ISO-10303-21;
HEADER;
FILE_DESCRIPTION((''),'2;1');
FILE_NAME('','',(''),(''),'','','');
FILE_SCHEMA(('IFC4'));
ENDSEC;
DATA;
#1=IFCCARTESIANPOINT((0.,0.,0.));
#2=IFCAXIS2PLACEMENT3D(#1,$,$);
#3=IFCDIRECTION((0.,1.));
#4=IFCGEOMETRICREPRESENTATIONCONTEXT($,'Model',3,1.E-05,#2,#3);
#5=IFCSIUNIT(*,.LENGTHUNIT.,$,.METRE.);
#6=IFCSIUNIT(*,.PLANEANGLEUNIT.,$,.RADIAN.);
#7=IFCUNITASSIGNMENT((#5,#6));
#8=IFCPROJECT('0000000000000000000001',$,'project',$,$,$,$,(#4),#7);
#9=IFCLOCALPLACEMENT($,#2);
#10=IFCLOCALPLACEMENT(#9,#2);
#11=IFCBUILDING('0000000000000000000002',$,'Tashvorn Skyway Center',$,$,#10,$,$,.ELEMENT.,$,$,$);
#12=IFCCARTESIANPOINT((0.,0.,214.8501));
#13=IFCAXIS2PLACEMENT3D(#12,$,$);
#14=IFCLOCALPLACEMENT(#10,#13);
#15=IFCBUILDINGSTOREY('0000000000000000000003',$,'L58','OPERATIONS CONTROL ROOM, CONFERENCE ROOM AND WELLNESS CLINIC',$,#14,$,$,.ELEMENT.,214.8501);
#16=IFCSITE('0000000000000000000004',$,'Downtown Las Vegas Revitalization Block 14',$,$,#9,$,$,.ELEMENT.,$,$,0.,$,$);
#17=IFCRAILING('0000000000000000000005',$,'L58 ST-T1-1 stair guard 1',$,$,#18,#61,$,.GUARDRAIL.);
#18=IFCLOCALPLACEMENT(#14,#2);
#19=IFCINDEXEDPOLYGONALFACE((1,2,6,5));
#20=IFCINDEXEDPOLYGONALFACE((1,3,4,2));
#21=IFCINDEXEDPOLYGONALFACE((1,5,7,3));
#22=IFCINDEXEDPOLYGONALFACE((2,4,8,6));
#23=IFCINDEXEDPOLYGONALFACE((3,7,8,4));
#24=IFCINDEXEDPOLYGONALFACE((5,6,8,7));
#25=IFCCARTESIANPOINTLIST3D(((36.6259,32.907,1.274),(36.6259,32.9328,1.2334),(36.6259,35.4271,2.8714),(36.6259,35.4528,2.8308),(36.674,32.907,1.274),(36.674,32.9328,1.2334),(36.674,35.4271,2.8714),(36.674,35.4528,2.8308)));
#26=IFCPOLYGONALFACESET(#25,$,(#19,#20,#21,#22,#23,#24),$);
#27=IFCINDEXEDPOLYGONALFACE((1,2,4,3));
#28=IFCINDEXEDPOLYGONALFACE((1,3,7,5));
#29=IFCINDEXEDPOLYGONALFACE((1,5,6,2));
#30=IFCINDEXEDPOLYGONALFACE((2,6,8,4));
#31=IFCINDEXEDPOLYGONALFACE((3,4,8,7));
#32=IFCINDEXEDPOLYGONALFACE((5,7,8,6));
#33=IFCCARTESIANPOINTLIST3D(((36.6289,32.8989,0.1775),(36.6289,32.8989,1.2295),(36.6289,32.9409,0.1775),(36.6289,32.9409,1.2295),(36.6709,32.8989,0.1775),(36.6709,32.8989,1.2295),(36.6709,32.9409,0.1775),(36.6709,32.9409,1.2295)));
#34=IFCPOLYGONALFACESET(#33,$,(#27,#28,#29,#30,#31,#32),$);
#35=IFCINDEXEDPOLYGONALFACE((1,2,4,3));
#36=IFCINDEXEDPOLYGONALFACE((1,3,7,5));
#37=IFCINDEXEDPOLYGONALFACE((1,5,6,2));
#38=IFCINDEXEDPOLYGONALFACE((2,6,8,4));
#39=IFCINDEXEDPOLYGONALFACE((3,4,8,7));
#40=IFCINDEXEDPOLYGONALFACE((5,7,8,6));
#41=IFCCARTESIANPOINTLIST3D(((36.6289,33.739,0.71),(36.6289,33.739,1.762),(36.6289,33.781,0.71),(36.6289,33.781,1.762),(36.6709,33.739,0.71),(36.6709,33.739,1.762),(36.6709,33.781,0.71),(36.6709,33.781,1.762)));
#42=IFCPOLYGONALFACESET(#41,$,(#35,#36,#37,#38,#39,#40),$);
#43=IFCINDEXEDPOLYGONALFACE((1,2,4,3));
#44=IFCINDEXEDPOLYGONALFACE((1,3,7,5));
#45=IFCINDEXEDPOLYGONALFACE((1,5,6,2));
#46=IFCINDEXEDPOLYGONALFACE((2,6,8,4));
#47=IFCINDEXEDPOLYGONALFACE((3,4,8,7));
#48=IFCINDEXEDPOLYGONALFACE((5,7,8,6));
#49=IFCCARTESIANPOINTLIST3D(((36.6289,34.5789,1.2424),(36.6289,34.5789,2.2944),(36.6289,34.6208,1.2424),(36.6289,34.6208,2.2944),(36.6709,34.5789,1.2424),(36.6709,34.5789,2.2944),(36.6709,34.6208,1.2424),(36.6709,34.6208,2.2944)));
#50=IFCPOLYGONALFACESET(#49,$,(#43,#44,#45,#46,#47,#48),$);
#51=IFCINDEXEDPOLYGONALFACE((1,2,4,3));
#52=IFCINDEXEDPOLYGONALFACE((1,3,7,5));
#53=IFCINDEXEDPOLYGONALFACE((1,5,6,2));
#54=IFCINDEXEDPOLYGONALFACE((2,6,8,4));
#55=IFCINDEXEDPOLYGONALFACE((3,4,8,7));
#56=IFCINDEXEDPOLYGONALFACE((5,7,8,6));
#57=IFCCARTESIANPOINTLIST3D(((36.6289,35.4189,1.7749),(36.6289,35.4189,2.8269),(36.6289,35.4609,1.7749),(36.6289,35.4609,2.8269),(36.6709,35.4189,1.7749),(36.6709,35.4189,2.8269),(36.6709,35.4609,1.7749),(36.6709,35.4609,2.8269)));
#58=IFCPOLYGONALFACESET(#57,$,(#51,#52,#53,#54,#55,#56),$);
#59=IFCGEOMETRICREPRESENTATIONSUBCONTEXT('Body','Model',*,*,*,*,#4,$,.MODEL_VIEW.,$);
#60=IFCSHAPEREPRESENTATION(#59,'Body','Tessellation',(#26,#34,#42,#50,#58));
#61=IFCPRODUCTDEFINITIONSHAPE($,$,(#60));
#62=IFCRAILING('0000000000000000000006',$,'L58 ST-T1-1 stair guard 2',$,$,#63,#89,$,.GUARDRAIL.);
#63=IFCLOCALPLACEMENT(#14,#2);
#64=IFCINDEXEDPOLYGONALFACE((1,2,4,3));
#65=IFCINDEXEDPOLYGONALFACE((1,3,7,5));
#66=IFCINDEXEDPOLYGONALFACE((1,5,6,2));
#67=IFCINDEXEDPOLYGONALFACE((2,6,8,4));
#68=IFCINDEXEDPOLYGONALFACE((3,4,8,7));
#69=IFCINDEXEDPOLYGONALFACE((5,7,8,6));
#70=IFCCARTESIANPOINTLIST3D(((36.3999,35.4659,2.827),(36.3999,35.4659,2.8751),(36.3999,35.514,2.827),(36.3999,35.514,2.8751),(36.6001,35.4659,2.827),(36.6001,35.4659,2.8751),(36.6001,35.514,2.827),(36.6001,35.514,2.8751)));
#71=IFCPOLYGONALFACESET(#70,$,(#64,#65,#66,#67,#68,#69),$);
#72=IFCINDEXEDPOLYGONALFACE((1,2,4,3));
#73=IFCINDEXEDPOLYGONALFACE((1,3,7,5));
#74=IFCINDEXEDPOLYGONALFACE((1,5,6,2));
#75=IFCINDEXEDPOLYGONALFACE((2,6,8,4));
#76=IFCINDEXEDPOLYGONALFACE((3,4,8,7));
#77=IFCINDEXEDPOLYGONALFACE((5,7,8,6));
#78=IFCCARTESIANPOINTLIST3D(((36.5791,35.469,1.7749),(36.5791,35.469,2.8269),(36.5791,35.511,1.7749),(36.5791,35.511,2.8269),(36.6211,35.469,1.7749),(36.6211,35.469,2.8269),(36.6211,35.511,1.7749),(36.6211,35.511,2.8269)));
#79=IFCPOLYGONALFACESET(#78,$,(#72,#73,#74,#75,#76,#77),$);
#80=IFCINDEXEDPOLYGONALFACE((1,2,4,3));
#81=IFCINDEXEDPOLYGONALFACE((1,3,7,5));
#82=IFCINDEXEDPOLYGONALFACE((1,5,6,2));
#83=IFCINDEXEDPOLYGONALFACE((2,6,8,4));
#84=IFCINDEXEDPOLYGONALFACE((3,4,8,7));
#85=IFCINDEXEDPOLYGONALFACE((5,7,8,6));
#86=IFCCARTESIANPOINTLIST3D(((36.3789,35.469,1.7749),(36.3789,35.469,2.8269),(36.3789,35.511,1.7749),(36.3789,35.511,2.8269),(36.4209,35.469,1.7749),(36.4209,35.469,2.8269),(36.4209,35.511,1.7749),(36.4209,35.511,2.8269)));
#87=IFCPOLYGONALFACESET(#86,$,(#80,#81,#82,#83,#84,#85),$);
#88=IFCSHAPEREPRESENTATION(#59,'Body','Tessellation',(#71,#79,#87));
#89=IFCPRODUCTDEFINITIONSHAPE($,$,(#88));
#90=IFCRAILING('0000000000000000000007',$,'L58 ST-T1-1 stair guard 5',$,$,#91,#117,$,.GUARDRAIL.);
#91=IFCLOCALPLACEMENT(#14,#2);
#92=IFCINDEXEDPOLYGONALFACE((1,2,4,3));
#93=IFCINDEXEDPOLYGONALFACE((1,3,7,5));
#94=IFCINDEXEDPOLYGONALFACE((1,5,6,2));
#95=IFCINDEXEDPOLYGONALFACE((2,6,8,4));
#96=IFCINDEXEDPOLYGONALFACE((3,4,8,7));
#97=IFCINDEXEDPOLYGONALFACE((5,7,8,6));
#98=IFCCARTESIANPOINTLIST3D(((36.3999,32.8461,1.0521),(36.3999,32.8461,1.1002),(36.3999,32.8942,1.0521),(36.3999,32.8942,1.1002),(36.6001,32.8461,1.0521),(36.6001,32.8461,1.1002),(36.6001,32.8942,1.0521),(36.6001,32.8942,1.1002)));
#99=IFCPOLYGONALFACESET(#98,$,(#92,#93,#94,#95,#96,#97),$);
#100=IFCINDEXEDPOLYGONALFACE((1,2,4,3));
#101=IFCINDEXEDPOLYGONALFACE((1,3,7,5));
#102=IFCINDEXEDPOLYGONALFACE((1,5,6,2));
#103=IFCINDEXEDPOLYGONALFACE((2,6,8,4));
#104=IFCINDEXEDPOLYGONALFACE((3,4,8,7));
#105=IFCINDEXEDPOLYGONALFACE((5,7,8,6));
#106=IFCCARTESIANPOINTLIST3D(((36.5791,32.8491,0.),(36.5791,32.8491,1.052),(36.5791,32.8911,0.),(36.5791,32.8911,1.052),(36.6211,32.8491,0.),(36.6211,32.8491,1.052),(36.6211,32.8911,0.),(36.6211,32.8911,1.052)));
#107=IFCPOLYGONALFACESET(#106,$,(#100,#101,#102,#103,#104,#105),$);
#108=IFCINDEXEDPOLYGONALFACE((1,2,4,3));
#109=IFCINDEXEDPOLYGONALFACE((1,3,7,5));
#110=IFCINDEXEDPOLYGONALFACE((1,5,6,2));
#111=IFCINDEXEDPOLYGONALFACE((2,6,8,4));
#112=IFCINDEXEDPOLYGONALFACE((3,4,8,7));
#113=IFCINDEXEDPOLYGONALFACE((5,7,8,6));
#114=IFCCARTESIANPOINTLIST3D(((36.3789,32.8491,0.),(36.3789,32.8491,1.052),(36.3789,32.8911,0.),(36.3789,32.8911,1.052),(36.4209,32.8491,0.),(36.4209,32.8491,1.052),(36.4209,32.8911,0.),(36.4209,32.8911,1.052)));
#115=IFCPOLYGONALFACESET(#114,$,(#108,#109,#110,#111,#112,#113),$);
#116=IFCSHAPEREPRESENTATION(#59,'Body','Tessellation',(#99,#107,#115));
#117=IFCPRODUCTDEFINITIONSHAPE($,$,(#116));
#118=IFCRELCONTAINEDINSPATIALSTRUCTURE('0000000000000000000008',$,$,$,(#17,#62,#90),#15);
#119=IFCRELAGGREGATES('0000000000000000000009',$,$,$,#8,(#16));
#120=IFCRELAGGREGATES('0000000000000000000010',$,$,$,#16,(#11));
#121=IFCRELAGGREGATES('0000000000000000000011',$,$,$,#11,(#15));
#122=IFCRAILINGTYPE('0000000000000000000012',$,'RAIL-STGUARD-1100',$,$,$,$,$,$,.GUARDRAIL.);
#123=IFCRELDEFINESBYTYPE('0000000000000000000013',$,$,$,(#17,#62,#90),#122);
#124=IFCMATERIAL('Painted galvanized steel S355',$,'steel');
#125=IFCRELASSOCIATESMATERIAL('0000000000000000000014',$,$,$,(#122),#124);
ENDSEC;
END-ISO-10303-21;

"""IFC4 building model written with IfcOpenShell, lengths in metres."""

from ifc_helpers import new_model, si_unit, direction, frame, origin, origin_2d, place, context, subcontext, project, spatial, rectangle, extrude, material, type_object, element, save


model = new_model("IFC4")

# Units and contexts
model_context = context("Model", 3, precision=1e-05, world=origin(), true_north=direction((0.0, 1.0)))
body_context = subcontext(model_context, "Body", "Model", "MODEL_VIEW")
ifc_project = project(units=[si_unit("LENGTHUNIT", "METRE"), si_unit("PLANEANGLEUNIT", "RADIAN")], contexts=[model_context])

# Site, building, storey
site_placement = place(None, origin())
site = spatial("IfcSite", under=ifc_project, at=site_placement, Name="Downtown Las Vegas Revitalization Block 14", CompositionType="ELEMENT", RefElevation=0.0)
building_placement = place(site_placement, origin())
building = spatial("IfcBuilding", under=site, at=building_placement, Name="Tashvorn Skyway Center", CompositionType="ELEMENT")
storey_placement = place(building_placement, frame((0.0, 0.0, 214.8501)))
storey = spatial("IfcBuildingStorey", under=building, at=storey_placement, Name="L58", Description="OPERATIONS CONTROL ROOM, CONFERENCE ROOM AND WELLNESS CLINIC", CompositionType="ELEMENT", Elevation=214.8501)

# Railings
ifc_material_1 = material(Name="Painted galvanized steel S355", Category="steel")
railing_type_1 = type_object("IfcRailingType", Name="RAIL-STGUARD-1100", PredefinedType="GUARDRAIL", material=ifc_material_1)
railing_1_placement = place(storey_placement, frame((36.6499, 32.9199, 0.1775)))
element("IfcRailing", 1, at=railing_1_placement, inside=storey, type_object=railing_type_1, Name="L58 ST-T1-1 stair guard 1", PredefinedType="GUARDRAIL", context=body_context, shape_type="SweptSolid", body=[
    extrude(rectangle(XDim=0.0481, YDim=0.0481, at=origin_2d()), frame((0.0, 0.0, 1.0762), z_axis=(0.0, 0.844607, 0.535387), x_axis=(-1.0, 0.0, 0.0)), (0.0, 0.0, 1.0), 2.9836),
    extrude(rectangle(XDim=0.042, YDim=0.042, at=origin_2d()), origin(), (0.0, 0.0, 1.0), 1.052),
    extrude(rectangle(XDim=0.042, YDim=0.042, at=origin_2d()), frame((0.0, 0.8401, 0.5325)), (0.0, 0.0, 1.0), 1.052),
    extrude(rectangle(XDim=0.042, YDim=0.042, at=origin_2d()), frame((0.0, 1.6799, 1.0649)), (0.0, 0.0, 1.0), 1.052),
    extrude(rectangle(XDim=0.042, YDim=0.042, at=origin_2d()), frame((0.0, 2.52, 1.5974)), (0.0, 0.0, 1.0), 1.052),
])
for number, where, name in (
    (2, (36.6001, 35.49, 1.7749), "L58 ST-T1-1 stair guard 2"),
    (3, (36.6001, 32.8701, 0.0), "L58 ST-T1-1 stair guard 5"),
):
    element("IfcRailing", number, at=place(storey_placement, frame(where)), inside=storey, type_object=railing_type_1, Name=name, PredefinedType="GUARDRAIL", context=body_context, shape_type="SweptSolid", body=[
        extrude(rectangle(XDim=0.0481, YDim=0.0481, at=origin_2d()), frame((0.0, 0.0, 1.0762), z_axis=(-1.0, 0.0, 0.0), x_axis=(0.0, -1.0, 0.0)), (0.0, 0.0, 1.0), 0.2002),
        extrude(rectangle(XDim=0.042, YDim=0.042, at=origin_2d()), origin(), (0.0, 0.0, 1.0), 1.052),
        extrude(rectangle(XDim=0.042, YDim=0.042, at=origin_2d()), frame((-0.2002, 0.0, 0.0)), (0.0, 0.0, 1.0), 1.052),
    ])

save(model, "model.ifc")
